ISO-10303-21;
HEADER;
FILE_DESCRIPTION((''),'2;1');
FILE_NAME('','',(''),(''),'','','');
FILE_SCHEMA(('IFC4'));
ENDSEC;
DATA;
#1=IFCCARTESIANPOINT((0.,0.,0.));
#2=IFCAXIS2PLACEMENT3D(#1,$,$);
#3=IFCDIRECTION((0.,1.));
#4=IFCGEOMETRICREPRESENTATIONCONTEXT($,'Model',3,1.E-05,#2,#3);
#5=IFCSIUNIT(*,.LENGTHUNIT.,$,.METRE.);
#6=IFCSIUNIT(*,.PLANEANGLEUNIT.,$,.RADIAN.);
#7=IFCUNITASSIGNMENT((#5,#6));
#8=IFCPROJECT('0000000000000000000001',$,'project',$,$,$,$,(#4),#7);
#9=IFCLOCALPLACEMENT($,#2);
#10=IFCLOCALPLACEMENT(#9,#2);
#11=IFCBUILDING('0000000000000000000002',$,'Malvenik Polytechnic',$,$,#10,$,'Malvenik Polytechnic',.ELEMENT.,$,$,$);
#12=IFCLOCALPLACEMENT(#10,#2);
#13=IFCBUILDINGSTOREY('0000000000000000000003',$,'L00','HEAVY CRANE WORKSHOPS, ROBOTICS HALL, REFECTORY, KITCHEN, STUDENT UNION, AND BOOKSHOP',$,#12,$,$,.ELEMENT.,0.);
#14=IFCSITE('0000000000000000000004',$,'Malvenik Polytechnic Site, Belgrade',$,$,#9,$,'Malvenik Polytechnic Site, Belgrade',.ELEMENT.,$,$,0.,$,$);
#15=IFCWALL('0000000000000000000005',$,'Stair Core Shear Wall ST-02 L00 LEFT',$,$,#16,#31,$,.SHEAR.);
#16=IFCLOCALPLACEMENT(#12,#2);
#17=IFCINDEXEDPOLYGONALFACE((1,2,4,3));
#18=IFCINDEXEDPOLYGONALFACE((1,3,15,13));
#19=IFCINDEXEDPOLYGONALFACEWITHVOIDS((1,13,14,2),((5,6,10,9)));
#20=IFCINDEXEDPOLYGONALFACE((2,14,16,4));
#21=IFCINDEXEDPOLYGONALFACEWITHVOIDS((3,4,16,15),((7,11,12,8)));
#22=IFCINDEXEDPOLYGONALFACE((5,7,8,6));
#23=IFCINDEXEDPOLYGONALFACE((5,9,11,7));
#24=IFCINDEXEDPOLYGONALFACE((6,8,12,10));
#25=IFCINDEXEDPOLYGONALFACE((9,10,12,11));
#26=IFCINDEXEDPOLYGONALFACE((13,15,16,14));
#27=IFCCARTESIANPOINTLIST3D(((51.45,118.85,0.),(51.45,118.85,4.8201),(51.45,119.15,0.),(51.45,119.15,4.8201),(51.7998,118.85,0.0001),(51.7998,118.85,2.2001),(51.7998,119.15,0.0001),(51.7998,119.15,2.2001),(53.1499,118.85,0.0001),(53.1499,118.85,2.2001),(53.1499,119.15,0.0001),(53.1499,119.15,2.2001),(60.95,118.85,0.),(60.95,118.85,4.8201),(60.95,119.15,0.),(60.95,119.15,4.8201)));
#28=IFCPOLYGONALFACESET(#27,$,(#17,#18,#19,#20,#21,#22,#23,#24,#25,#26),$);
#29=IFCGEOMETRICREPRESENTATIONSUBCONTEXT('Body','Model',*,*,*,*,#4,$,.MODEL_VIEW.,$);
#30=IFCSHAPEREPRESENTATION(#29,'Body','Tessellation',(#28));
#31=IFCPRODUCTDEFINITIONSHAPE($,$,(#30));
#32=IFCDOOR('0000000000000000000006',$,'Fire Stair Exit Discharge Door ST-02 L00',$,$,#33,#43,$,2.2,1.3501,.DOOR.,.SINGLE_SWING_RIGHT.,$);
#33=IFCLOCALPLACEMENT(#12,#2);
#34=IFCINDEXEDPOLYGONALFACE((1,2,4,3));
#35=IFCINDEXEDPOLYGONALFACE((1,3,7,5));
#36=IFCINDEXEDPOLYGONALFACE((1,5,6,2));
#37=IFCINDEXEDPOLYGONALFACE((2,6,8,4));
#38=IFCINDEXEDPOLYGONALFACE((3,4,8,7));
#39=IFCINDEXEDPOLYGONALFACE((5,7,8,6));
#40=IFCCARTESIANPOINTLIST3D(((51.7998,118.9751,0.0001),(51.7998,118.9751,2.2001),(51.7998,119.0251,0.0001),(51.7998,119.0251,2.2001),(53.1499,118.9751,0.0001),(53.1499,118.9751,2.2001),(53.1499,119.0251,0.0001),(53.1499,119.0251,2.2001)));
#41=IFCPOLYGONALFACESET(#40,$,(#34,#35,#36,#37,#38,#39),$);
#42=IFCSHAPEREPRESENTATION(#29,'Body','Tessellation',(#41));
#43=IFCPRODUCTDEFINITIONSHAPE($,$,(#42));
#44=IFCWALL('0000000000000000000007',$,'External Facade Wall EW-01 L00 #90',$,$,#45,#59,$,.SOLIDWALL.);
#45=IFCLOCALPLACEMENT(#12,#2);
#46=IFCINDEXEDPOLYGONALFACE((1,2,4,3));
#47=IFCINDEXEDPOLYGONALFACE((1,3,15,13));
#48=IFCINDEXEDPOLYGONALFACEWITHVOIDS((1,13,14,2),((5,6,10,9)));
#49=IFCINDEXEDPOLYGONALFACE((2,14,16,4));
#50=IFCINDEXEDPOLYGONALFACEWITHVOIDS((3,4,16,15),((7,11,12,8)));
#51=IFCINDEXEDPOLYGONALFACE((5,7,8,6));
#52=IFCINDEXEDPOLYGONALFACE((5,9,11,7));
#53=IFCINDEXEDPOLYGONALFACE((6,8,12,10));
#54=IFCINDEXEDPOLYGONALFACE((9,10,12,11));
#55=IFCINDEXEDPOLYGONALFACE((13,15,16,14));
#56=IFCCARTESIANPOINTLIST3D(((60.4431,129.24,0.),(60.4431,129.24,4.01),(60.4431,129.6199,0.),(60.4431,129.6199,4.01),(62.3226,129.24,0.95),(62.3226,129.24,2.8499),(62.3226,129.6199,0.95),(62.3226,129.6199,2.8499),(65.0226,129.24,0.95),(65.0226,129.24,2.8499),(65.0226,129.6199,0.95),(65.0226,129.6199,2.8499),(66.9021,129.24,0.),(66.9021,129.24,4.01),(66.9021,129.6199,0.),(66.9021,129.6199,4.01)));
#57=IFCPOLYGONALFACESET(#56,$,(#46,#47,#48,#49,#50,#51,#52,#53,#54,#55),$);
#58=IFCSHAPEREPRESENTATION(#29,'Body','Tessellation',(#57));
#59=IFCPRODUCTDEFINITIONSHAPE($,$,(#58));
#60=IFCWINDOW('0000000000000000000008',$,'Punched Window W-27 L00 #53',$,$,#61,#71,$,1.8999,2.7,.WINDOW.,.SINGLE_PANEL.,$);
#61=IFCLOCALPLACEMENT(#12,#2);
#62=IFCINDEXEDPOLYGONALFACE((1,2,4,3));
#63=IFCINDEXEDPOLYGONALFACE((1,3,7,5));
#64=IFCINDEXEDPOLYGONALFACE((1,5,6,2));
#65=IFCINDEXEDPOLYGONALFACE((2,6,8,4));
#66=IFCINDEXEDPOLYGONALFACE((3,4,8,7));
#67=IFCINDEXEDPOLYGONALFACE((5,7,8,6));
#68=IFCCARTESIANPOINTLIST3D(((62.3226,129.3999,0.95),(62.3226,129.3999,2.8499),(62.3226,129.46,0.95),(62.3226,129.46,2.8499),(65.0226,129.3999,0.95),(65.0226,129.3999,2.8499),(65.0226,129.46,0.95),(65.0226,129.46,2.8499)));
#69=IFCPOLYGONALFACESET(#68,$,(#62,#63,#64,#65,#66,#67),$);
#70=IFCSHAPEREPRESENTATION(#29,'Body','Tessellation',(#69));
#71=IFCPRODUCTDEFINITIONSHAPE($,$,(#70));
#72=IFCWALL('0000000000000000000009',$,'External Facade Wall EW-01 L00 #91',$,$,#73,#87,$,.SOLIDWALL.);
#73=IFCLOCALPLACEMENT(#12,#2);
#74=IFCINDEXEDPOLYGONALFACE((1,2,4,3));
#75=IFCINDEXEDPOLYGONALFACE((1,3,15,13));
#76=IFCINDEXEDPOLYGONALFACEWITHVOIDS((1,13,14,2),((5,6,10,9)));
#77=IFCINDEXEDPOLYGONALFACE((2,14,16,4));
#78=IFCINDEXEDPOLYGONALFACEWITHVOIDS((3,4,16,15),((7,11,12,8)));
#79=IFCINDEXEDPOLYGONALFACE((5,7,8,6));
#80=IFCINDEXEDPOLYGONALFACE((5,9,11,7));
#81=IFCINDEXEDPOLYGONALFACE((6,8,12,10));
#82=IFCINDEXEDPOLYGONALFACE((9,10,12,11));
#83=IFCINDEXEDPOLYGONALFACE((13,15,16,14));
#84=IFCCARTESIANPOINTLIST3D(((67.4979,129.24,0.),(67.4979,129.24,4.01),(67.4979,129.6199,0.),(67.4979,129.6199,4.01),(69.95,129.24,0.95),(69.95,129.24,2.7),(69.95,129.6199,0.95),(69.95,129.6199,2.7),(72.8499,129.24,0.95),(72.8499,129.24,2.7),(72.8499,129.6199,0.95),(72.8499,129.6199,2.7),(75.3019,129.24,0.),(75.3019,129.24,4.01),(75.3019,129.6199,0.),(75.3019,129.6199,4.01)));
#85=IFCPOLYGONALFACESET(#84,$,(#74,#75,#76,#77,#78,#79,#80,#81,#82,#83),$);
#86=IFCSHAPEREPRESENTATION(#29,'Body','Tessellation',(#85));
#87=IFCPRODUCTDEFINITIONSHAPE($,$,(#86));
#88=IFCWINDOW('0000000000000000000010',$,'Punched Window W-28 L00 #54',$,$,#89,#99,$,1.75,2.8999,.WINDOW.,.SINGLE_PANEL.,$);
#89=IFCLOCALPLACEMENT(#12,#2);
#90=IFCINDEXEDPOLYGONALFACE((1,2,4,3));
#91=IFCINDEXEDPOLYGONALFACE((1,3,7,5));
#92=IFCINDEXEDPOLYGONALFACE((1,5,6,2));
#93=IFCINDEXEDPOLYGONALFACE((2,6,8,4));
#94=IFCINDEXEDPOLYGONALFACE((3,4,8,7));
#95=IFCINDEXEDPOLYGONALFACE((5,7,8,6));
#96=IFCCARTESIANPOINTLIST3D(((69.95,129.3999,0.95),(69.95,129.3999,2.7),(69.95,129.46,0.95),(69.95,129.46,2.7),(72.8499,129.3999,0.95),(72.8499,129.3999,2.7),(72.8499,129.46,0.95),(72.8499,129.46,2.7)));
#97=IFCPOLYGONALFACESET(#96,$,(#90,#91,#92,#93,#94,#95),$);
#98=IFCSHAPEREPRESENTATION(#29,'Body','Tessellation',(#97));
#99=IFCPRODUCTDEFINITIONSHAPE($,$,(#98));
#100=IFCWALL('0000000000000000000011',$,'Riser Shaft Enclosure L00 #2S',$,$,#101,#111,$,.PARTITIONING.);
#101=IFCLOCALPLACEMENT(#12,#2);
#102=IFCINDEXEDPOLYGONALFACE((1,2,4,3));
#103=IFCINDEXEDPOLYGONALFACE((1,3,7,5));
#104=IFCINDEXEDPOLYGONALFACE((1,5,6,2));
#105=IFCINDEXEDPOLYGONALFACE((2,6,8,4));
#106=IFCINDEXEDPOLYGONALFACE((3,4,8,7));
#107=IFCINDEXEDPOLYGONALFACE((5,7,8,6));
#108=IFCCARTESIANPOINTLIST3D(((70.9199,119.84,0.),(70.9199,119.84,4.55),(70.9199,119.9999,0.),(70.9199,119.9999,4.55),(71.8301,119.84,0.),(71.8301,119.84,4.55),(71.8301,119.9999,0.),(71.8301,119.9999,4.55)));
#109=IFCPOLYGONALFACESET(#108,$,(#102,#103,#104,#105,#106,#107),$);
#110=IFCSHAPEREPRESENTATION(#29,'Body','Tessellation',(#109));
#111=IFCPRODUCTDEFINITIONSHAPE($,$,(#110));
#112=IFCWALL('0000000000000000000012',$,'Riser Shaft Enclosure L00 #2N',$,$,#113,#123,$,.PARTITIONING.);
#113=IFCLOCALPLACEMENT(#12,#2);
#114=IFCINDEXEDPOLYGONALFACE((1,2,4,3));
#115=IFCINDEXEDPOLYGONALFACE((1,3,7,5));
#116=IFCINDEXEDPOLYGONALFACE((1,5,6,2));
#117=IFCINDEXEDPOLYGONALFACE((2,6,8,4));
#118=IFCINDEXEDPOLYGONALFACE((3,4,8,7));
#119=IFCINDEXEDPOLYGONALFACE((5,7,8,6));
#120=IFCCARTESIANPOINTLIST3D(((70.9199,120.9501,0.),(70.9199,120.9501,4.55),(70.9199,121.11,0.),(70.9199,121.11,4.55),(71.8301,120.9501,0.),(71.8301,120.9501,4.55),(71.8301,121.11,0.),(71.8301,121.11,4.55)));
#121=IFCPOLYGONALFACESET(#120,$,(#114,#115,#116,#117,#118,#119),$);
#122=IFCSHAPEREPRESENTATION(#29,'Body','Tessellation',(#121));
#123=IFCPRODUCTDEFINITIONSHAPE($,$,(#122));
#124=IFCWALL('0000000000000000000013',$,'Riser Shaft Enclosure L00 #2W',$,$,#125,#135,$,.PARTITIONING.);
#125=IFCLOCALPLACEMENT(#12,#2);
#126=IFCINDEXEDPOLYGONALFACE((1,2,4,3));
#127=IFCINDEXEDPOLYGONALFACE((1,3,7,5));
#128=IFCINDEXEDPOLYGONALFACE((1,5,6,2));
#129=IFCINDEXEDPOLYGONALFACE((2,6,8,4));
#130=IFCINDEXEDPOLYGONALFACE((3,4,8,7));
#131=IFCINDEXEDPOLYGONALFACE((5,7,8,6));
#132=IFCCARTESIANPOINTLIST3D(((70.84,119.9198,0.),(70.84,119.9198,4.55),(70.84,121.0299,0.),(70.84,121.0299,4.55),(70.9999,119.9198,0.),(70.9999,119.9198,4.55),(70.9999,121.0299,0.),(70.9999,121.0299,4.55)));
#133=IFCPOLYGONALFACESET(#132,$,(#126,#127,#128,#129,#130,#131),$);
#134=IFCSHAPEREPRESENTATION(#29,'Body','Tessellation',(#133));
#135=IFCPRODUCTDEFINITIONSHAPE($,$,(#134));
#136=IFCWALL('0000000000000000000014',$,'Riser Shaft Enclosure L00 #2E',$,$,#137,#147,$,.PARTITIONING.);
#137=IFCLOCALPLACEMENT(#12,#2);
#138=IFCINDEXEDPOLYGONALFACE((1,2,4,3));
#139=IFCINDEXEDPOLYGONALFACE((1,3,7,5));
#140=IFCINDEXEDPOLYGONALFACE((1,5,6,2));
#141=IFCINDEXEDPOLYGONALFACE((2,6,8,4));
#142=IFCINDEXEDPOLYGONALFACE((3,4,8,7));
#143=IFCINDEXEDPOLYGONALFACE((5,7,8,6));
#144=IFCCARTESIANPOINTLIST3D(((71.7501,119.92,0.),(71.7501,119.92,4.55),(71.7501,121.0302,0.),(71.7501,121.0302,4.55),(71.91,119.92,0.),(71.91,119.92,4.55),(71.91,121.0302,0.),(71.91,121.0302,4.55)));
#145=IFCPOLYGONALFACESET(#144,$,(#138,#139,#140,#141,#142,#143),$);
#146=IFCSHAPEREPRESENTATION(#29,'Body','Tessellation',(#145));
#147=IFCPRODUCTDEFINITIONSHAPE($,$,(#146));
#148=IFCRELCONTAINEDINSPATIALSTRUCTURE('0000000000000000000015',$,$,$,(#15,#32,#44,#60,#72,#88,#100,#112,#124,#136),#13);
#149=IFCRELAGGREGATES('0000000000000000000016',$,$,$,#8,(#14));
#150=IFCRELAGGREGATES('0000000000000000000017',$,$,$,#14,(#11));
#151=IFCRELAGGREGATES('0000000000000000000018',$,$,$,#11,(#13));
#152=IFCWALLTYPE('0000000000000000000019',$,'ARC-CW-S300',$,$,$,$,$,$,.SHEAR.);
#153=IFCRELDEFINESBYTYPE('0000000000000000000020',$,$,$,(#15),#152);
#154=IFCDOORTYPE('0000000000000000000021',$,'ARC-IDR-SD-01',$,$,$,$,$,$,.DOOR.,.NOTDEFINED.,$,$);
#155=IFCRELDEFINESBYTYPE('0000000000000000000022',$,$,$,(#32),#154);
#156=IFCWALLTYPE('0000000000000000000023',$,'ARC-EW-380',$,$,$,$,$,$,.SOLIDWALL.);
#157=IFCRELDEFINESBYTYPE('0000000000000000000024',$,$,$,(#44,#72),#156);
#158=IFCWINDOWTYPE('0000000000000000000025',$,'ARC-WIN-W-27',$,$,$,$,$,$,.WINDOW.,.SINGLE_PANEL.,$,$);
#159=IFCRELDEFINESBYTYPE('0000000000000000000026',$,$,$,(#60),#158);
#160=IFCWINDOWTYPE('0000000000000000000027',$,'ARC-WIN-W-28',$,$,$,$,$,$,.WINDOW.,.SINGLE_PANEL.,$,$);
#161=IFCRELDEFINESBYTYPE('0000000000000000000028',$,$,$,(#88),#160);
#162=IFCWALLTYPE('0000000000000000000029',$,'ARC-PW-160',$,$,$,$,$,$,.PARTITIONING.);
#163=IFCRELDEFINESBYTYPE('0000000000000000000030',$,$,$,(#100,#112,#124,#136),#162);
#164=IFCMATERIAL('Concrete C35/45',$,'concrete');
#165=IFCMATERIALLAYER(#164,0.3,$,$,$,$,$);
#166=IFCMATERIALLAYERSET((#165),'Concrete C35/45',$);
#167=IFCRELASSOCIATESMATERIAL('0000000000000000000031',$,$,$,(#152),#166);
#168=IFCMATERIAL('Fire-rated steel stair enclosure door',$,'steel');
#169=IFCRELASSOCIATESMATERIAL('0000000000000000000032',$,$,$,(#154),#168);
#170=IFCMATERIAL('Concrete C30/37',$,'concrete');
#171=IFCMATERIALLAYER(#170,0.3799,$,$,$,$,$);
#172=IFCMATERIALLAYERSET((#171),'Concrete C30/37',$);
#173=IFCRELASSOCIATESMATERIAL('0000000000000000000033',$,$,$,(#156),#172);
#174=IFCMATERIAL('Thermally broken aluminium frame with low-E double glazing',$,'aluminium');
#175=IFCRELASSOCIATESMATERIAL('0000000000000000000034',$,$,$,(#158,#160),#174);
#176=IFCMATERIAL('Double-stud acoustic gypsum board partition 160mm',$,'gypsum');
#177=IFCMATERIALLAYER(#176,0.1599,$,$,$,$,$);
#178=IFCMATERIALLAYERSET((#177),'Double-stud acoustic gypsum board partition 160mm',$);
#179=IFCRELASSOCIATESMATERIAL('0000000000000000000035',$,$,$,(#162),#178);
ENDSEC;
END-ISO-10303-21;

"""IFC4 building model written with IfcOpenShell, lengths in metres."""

from ifc_helpers import new_model, si_unit, direction, frame, frame_2d, origin, place, context, subcontext, project, spatial, rectangle, extrude, material, layer, layer_set, type_object, element, fill, save


model = new_model("IFC4")

# Units and contexts
model_context = context("Model", 3, precision=1e-05, world=origin(), true_north=direction((0.0, 1.0)))
body_context = subcontext(model_context, "Body", "Model", "MODEL_VIEW")
ifc_project = project(units=[si_unit("LENGTHUNIT", "METRE"), si_unit("PLANEANGLEUNIT", "RADIAN")], contexts=[model_context])

# Site, building, storey
site_placement = place(None, origin())
site = spatial("IfcSite", under=ifc_project, at=site_placement, Name="Malvenik Polytechnic Site, Belgrade", LongName="Malvenik Polytechnic Site, Belgrade", CompositionType="ELEMENT", RefElevation=0.0)
building_placement = place(site_placement, origin())
building = spatial("IfcBuilding", under=site, at=building_placement, Name="Malvenik Polytechnic", LongName="Malvenik Polytechnic", CompositionType="ELEMENT")
storey_placement = place(building_placement, origin())
storey = spatial("IfcBuildingStorey", under=building, at=storey_placement, Name="L00", Description="HEAVY CRANE WORKSHOPS, ROBOTICS HALL, REFECTORY, KITCHEN, STUDENT UNION, AND BOOKSHOP", CompositionType="ELEMENT", Elevation=0.0)

# Shared definitions
ifc_material_1 = material(Name="Concrete C35/45", Category="concrete")
ifc_material_2 = material(Name="Concrete C30/37", Category="concrete")

# Shared definitions
ifc_layer_1 = layer(ifc_material_1, 0.3)
ifc_layer_set_1 = layer_set([ifc_layer_1], Name="Concrete C35/45")
wall_type_1 = type_object("IfcWallType", Name="ARC-CW-S300", PredefinedType="SHEAR", material=ifc_layer_set_1)

# Wall, opening, door
wall_1_placement = place(storey_placement, frame((60.95, 119.0, 0.0), z_axis=(0.0, 0.0, 1.0), x_axis=(-1.0, 0.0, 0.0)))
wall_1 = element("IfcWall", 1, at=wall_1_placement, inside=storey, type_object=wall_type_1, Name="Stair Core Shear Wall ST-02 L00 LEFT", PredefinedType="SHEAR", context=body_context, shape_type="SweptSolid", body=[
    extrude(rectangle(XDim=9.5, YDim=0.3, at=frame_2d((4.75, 0.0))), origin(), (0.0, 0.0, 1.0), 4.8201),
])
opening_1_placement = place(wall_1_placement, frame((7.8, 0.0, 0.0)))
opening_1 = element("IfcOpeningElement", 2, at=opening_1_placement, cuts=wall_1, PredefinedType="OPENING", context=body_context, shape_type="SweptSolid", body=[
    extrude(rectangle(XDim=1.3501, YDim=2.2, at=frame_2d((0.675, 1.1001))), frame((0.0, 0.1602, 0.0), z_axis=(0.0, -1.0, 0.0), x_axis=(1.0, 0.0, 0.0)), (0.0, 0.0, 1.0), 0.3201),
])
ifc_material_3 = material(Name="Fire-rated steel stair enclosure door", Category="steel")
door_type = type_object("IfcDoorType", Name="ARC-IDR-SD-01", OperationType="NOTDEFINED", PredefinedType="DOOR", material=ifc_material_3)
door_placement = place(opening_1_placement, origin())
door = element("IfcDoor", 3, at=door_placement, inside=storey, type_object=door_type, Name="Fire Stair Exit Discharge Door ST-02 L00", OperationType="SINGLE_SWING_RIGHT", OverallHeight=2.2, OverallWidth=1.3501, PredefinedType="DOOR", context=body_context, shape_type="SweptSolid", body=[
    extrude(rectangle(XDim=1.3501, YDim=2.2, at=frame_2d((0.675, 1.1001))), frame((0.0, 0.0249, 0.0), z_axis=(0.0, -1.0, 0.0), x_axis=(1.0, 0.0, 0.0)), (0.0, 0.0, 1.0), 0.05),
])
fill(opening_1, door)

# Walls, openings, windows
ifc_layer_2 = layer(ifc_material_2, 0.3799)
ifc_layer_set_2 = layer_set([ifc_layer_2], Name="Concrete C30/37")
wall_type_2 = type_object("IfcWallType", Name="ARC-EW-380", PredefinedType="SOLIDWALL", material=ifc_layer_set_2)
wall_2_placement = place(storey_placement, frame((60.4431, 129.4299, 0.0), z_axis=(0.0, 0.0, 1.0), x_axis=(1.0, 0.0, 0.0)))
wall_2 = element("IfcWall", 4, at=wall_2_placement, inside=storey, type_object=wall_type_2, Name="External Facade Wall EW-01 L00 #90", PredefinedType="SOLIDWALL", context=body_context, shape_type="SweptSolid", body=[
    extrude(rectangle(XDim=6.459, YDim=0.3799, at=frame_2d((3.2295, 0.0))), origin(), (0.0, 0.0, 1.0), 4.01),
])
opening_2_placement = place(wall_2_placement, frame((1.8794, 0.0, 0.95)))
opening_2 = element("IfcOpeningElement", 5, at=opening_2_placement, cuts=wall_2, PredefinedType="OPENING", context=body_context, shape_type="SweptSolid", body=[
    extrude(rectangle(XDim=2.7, YDim=1.8999, at=frame_2d((1.3501, 0.95))), frame((0.0, 0.2, 0.0), z_axis=(0.0, -1.0, 0.0), x_axis=(1.0, 0.0, 0.0)), (0.0, 0.0, 1.0), 0.3999),
])
ifc_material_4 = material(Name="Thermally broken aluminium frame with low-E double glazing", Category="aluminium")
window_type_1 = type_object("IfcWindowType", Name="ARC-WIN-W-27", PartitioningType="SINGLE_PANEL", PredefinedType="WINDOW", material=ifc_material_4)
window_1_placement = place(opening_2_placement, origin())
window_1 = element("IfcWindow", 6, at=window_1_placement, inside=storey, type_object=window_type_1, Name="Punched Window W-27 L00 #53", OverallHeight=1.8999, OverallWidth=2.7, PartitioningType="SINGLE_PANEL", PredefinedType="WINDOW", context=body_context, shape_type="SweptSolid", body=[
    extrude(rectangle(XDim=2.7, YDim=1.8999, at=frame_2d((1.3501, 0.95))), frame((0.0, 0.03, 0.0), z_axis=(0.0, -1.0, 0.0), x_axis=(1.0, 0.0, 0.0)), (0.0, 0.0, 1.0), 0.0601),
])
fill(opening_2, window_1)
wall_3_placement = place(storey_placement, frame((67.498, 129.4299, 0.0), z_axis=(0.0, 0.0, 1.0), x_axis=(1.0, 0.0, 0.0)))
wall_3 = element("IfcWall", 7, at=wall_3_placement, inside=storey, type_object=wall_type_2, Name="External Facade Wall EW-01 L00 #91", PredefinedType="SOLIDWALL", context=body_context, shape_type="SweptSolid", body=[
    extrude(rectangle(XDim=7.804, YDim=0.3799, at=frame_2d((3.9019, 0.0))), origin(), (0.0, 0.0, 1.0), 4.01),
])
opening_3_placement = place(wall_3_placement, frame((2.4519, 0.0, 0.95)))
opening_3 = element("IfcOpeningElement", 8, at=opening_3_placement, cuts=wall_3, PredefinedType="OPENING", context=body_context, shape_type="SweptSolid", body=[
    extrude(rectangle(XDim=2.8999, YDim=1.75, at=frame_2d((1.45, 0.875))), frame((0.0, 0.2, 0.0), z_axis=(0.0, -1.0, 0.0), x_axis=(1.0, 0.0, 0.0)), (0.0, 0.0, 1.0), 0.3999),
])
window_type_2 = type_object("IfcWindowType", Name="ARC-WIN-W-28", PartitioningType="SINGLE_PANEL", PredefinedType="WINDOW", material=ifc_material_4)
window_2_placement = place(opening_3_placement, origin())
window_2 = element("IfcWindow", 9, at=window_2_placement, inside=storey, type_object=window_type_2, Name="Punched Window W-28 L00 #54", OverallHeight=1.75, OverallWidth=2.8999, PartitioningType="SINGLE_PANEL", PredefinedType="WINDOW", context=body_context, shape_type="SweptSolid", body=[
    extrude(rectangle(XDim=2.8999, YDim=1.75, at=frame_2d((1.45, 0.875))), frame((0.0, 0.03, 0.0), z_axis=(0.0, -1.0, 0.0), x_axis=(1.0, 0.0, 0.0)), (0.0, 0.0, 1.0), 0.0601),
])
fill(opening_3, window_2)

# Walls
ifc_material_5 = material(Name="Double-stud acoustic gypsum board partition 160mm", Category="gypsum")
ifc_layer_3 = layer(ifc_material_5, 0.1599)
ifc_layer_set_3 = layer_set([ifc_layer_3], Name="Double-stud acoustic gypsum board partition 160mm")
wall_type_3 = type_object("IfcWallType", Name="ARC-PW-160", PredefinedType="PARTITIONING", material=ifc_layer_set_3)
for number, where, z_axis, x_axis, name in (
    (10, (70.9199, 119.9199, 0.0), (0.0, 0.0, 1.0), (1.0, 0.0, 0.0), "Riser Shaft Enclosure L00 #2S"),
    (11, (71.8301, 121.03, 0.0), (0.0, 0.0, 1.0), (-1.0, 0.0, 0.0), "Riser Shaft Enclosure L00 #2N"),
):
    element("IfcWall", number, at=place(storey_placement, frame(where, z_axis=z_axis, x_axis=x_axis)), inside=storey, type_object=wall_type_3, Name=name, PredefinedType="PARTITIONING", context=body_context, shape_type="SweptSolid", body=[
        extrude(rectangle(XDim=0.9102, YDim=0.1599, at=frame_2d((0.4551, 0.0))), origin(), (0.0, 0.0, 1.0), 4.55),
    ])
for number, where, z_axis, x_axis, name in (
    (12, (70.9199, 121.03, 0.0), (0.0, 0.0, 1.0), (0.0, -1.0, 0.0), "Riser Shaft Enclosure L00 #2W"),
    (13, (71.8301, 119.9199, 0.0), (0.0, 0.0, 1.0), (0.0, 1.0, 0.0), "Riser Shaft Enclosure L00 #2E"),
):
    element("IfcWall", number, at=place(storey_placement, frame(where, z_axis=z_axis, x_axis=x_axis)), inside=storey, type_object=wall_type_3, Name=name, PredefinedType="PARTITIONING", context=body_context, shape_type="SweptSolid", body=[
        extrude(rectangle(XDim=1.1101, YDim=0.1599, at=frame_2d((0.5552, 0.0))), origin(), (0.0, 0.0, 1.0), 4.55),
    ])

save(model, "model.ifc")
